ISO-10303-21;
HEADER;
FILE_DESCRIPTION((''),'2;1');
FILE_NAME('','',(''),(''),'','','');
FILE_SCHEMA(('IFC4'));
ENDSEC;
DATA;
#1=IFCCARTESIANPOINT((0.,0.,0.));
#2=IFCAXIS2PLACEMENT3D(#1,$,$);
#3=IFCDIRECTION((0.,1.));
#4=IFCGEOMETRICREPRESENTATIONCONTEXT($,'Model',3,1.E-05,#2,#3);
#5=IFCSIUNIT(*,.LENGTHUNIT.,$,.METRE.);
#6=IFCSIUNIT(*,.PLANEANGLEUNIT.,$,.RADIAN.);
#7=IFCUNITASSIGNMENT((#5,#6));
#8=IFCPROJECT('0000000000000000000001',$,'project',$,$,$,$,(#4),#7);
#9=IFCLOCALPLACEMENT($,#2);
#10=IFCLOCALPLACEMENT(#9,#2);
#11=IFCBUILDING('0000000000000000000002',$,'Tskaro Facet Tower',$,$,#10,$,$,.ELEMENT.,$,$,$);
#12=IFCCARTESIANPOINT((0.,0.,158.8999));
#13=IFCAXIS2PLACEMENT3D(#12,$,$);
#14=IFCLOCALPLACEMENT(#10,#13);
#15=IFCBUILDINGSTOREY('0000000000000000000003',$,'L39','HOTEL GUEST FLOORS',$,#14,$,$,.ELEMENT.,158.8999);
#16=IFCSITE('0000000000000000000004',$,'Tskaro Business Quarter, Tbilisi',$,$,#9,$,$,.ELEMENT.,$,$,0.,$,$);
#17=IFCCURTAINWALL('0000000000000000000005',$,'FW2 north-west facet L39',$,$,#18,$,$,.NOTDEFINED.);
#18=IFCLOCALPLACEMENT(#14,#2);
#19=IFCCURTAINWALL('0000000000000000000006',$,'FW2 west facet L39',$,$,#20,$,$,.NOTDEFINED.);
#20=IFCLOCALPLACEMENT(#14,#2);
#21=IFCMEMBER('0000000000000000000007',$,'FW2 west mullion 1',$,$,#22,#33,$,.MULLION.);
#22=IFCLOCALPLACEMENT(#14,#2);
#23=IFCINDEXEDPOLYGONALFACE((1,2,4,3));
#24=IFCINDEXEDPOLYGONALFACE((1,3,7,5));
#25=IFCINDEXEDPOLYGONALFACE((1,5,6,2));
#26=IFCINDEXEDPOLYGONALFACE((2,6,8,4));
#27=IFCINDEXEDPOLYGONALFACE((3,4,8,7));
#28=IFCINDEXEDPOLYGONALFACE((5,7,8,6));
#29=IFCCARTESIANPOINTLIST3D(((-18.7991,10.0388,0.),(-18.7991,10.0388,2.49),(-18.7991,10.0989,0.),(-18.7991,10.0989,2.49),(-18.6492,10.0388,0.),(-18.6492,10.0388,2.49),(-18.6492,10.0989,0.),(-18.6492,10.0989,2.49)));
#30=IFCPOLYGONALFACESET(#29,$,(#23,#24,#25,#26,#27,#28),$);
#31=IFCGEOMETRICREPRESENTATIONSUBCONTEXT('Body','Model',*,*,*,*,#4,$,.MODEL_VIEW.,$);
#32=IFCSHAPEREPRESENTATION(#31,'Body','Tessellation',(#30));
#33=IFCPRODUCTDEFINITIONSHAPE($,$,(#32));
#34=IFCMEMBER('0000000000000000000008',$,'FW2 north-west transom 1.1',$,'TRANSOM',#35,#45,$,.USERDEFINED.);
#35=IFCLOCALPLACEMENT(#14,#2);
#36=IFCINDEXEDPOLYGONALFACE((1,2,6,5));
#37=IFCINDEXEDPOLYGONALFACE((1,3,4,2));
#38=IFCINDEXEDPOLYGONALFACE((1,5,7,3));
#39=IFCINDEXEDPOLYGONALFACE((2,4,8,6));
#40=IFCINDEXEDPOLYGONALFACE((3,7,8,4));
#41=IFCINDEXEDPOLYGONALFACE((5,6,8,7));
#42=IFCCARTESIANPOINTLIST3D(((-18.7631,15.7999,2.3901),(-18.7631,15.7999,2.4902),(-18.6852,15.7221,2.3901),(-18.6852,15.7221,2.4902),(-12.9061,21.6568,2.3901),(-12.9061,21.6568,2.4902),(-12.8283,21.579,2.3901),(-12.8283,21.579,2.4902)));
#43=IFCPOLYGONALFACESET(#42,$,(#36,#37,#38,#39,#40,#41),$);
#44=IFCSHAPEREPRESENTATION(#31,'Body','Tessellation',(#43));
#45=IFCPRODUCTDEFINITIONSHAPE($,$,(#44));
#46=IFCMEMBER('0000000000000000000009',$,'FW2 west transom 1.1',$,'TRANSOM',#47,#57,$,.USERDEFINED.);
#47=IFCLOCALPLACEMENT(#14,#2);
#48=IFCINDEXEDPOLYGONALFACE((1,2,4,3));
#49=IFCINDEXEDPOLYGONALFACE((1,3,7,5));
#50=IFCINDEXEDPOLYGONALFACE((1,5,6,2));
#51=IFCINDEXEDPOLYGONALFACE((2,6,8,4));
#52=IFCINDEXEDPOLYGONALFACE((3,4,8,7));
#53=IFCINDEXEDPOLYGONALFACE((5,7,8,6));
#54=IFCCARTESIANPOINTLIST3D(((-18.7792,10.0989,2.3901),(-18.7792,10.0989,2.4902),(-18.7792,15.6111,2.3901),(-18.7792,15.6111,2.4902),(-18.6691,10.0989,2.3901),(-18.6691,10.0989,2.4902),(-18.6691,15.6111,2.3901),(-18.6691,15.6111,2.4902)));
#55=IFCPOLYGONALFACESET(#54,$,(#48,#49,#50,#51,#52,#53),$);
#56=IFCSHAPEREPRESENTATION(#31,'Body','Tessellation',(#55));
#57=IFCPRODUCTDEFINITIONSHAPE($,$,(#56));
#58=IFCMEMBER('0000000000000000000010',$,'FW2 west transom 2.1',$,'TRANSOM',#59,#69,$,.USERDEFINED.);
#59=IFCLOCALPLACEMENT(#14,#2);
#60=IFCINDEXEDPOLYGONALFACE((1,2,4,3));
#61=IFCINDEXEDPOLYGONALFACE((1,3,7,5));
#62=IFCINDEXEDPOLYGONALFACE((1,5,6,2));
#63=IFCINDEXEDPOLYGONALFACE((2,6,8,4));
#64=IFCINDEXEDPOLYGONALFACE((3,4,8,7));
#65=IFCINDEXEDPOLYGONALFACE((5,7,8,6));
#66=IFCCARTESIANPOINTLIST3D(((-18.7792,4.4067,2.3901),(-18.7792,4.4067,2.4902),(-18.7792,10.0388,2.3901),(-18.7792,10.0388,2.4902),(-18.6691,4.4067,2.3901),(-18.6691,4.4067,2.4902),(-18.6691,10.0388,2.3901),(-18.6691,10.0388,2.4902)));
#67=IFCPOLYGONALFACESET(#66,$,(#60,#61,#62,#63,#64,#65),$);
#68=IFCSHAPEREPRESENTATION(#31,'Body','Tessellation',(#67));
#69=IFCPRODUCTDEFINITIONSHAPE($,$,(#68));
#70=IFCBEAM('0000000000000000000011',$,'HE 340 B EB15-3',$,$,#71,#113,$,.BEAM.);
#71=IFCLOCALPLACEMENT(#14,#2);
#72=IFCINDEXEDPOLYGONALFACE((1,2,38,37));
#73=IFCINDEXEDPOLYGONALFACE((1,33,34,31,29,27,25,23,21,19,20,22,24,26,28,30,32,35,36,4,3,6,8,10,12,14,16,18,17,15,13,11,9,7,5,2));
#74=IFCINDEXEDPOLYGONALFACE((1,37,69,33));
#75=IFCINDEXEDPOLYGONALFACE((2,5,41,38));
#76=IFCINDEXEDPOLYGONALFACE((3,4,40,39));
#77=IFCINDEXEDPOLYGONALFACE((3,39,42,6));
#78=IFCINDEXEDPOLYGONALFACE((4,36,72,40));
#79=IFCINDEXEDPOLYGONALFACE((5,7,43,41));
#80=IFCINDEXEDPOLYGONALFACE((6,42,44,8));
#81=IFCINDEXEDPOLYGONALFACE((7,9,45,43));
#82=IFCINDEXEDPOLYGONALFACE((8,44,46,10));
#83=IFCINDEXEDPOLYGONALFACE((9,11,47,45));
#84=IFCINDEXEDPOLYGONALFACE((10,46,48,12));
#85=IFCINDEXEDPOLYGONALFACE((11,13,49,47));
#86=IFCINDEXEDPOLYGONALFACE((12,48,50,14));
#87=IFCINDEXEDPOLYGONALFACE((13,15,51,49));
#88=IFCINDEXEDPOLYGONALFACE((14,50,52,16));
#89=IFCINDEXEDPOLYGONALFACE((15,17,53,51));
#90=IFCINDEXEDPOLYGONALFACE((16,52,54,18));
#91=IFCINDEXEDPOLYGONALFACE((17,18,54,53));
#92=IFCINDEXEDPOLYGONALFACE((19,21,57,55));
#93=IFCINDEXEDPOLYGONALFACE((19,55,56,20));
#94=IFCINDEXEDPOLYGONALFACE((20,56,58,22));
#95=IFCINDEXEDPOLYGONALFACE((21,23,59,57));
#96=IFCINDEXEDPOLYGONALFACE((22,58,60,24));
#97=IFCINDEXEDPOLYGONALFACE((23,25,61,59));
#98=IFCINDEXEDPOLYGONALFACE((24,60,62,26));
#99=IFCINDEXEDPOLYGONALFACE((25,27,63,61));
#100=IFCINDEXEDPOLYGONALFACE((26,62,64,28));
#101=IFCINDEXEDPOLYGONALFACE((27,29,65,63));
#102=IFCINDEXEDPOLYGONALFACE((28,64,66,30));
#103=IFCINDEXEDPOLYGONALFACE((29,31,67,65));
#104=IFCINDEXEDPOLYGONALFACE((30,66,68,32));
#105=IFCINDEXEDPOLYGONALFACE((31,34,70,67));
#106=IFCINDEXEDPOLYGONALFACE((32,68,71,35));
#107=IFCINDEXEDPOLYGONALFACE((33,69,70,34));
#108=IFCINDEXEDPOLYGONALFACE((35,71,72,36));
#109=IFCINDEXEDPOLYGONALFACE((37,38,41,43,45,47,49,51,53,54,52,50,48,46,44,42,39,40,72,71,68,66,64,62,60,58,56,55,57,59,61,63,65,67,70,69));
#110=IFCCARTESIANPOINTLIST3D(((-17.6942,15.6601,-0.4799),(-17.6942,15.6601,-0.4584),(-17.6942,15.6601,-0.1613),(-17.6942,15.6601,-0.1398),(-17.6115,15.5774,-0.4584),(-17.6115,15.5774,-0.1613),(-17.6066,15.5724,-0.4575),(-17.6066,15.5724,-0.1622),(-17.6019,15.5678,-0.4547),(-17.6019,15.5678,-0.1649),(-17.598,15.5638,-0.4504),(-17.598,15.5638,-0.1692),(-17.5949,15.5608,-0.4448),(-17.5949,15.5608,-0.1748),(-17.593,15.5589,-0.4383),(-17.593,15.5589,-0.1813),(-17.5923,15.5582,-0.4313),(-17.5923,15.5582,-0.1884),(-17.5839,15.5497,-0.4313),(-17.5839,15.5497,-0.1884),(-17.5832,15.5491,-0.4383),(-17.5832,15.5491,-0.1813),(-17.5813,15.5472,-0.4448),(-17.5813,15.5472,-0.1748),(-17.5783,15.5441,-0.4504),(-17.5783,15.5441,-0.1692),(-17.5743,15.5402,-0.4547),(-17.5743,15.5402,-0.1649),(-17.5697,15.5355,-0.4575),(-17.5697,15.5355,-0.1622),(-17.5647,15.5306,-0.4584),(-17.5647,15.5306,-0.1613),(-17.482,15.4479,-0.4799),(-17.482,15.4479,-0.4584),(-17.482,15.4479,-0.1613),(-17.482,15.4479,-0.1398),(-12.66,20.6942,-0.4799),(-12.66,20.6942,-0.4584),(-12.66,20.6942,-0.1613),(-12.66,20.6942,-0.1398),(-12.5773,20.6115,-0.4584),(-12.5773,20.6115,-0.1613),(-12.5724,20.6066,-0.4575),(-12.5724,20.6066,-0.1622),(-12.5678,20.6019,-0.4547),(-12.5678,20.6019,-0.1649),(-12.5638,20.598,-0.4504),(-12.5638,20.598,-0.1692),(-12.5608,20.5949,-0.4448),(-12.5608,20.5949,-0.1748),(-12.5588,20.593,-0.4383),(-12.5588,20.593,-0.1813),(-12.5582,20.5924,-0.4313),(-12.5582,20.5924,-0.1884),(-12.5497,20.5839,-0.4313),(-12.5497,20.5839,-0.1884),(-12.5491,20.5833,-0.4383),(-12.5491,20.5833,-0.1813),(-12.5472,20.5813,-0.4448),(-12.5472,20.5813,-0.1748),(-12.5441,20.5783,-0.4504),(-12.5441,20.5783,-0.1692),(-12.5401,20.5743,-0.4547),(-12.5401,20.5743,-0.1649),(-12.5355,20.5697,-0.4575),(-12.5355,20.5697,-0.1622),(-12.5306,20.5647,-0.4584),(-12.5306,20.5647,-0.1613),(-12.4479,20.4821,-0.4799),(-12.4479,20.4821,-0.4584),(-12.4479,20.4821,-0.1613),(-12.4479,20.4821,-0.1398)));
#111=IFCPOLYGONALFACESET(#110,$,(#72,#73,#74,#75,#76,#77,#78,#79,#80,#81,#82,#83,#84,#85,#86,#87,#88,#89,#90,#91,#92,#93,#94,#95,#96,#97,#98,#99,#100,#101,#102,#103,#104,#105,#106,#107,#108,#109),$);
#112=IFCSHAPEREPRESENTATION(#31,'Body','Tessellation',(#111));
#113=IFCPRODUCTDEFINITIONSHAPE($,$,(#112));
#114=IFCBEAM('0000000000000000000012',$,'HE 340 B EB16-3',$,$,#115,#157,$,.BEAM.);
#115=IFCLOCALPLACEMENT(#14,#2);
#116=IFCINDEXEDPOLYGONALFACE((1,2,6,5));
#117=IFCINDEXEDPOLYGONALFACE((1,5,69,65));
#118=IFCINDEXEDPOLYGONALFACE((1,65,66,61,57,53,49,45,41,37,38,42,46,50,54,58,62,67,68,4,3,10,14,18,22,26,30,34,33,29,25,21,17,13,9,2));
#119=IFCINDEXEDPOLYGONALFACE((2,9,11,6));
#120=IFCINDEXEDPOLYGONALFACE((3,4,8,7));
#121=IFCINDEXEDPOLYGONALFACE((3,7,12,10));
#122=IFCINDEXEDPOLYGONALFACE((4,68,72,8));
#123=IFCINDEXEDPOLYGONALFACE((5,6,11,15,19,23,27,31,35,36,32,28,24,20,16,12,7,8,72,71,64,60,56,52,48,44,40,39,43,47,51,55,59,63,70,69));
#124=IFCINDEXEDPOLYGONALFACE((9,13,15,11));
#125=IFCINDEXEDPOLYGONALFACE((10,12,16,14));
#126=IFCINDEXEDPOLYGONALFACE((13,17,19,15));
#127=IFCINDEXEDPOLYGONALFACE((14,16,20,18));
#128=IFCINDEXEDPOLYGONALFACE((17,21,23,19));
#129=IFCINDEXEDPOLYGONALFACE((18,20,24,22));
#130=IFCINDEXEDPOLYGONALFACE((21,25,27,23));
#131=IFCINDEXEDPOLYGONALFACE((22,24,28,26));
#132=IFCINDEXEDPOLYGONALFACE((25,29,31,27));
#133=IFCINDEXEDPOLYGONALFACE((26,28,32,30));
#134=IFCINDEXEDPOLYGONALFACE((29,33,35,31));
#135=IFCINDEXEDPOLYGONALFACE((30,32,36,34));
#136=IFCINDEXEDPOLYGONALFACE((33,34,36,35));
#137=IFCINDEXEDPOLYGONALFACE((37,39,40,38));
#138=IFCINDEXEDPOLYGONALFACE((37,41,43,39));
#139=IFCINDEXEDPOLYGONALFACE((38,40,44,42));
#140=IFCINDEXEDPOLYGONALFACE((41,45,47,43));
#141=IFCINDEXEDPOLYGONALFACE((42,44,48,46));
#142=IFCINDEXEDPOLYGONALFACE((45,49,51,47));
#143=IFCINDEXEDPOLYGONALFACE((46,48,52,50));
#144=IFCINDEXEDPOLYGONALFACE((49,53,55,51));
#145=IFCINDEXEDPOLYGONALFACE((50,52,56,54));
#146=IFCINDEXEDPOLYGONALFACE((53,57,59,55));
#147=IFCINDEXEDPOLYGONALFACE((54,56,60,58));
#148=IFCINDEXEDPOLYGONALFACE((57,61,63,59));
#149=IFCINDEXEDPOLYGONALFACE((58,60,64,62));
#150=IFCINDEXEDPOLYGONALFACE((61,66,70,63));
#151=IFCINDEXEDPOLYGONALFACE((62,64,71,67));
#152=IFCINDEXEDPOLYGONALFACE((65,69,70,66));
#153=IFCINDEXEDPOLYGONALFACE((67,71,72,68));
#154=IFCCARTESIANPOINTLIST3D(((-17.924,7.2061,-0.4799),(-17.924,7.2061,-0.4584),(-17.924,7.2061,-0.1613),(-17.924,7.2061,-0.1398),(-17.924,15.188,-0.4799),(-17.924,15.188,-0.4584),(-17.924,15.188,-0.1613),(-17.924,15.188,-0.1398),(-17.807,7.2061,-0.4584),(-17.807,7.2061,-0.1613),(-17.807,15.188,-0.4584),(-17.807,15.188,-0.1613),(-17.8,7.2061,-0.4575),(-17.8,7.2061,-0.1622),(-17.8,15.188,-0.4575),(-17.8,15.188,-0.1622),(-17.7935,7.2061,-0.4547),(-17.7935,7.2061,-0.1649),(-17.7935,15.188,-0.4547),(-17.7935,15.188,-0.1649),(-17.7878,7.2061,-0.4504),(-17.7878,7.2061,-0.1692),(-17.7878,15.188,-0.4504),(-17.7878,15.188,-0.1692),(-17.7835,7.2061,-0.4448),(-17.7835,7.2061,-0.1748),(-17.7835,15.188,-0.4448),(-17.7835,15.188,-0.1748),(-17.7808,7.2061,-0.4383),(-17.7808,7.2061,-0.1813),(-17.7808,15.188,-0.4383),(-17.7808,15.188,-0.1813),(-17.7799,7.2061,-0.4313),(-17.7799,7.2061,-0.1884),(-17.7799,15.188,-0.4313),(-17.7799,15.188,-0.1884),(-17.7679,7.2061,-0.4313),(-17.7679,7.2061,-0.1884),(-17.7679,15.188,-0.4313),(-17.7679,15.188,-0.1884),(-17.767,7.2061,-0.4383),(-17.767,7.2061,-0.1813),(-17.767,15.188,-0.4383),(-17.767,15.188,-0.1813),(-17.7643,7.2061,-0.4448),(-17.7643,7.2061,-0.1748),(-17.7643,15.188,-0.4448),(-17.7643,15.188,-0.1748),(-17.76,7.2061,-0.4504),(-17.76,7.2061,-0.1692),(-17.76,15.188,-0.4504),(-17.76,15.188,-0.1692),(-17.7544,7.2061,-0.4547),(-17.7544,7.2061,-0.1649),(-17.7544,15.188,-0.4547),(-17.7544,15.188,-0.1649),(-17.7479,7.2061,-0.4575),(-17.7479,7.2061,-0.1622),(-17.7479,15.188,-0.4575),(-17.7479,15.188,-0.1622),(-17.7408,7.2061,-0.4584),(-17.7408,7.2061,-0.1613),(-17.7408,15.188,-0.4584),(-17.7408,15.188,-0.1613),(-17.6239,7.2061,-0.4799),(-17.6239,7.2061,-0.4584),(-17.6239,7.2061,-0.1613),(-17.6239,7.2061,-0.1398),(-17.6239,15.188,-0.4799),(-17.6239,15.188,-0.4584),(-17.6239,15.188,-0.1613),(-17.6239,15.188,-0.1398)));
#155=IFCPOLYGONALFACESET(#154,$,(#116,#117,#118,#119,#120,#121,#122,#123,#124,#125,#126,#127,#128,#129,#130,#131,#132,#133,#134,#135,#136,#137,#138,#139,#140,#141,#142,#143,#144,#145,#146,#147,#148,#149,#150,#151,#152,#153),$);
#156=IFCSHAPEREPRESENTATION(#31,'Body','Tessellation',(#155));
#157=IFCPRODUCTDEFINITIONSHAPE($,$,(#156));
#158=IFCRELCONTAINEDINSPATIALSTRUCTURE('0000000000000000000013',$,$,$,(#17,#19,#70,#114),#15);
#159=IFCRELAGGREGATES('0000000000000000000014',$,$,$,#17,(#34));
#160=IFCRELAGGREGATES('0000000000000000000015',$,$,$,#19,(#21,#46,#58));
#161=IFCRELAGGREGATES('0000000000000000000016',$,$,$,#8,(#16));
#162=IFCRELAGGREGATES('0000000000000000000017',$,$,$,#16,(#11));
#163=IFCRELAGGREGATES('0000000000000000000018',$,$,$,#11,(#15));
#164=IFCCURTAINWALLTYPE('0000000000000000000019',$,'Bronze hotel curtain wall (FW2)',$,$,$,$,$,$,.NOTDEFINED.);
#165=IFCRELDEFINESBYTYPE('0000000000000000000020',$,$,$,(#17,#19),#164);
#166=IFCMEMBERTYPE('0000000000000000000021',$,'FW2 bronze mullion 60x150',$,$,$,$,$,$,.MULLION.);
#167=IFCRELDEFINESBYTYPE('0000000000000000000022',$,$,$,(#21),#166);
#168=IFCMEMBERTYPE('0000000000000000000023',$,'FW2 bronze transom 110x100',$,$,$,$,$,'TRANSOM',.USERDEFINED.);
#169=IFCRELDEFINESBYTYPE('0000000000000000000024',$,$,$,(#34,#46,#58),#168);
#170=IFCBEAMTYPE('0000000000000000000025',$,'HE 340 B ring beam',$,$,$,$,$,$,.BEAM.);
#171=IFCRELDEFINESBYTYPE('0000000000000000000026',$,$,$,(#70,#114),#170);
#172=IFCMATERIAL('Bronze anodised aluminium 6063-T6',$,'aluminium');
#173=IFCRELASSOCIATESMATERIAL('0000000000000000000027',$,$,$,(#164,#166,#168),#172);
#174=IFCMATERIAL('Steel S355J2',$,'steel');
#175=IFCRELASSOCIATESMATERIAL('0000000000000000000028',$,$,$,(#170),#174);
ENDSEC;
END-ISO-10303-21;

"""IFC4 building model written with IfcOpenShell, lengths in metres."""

from ifc_helpers import new_model, si_unit, direction, frame, origin, origin_2d, place, context, subcontext, project, spatial, rectangle, i_section, extrude, material, material_profile, profile_set, type_object, element, aggregate, save


model = new_model("IFC4")

# Units and contexts
model_context = context("Model", 3, precision=1e-05, world=origin(), true_north=direction((0.0, 1.0)))
body_context = subcontext(model_context, "Body", "Model", "MODEL_VIEW")
ifc_project = project(units=[si_unit("LENGTHUNIT", "METRE"), si_unit("PLANEANGLEUNIT", "RADIAN")], contexts=[model_context])

# Site, building, storey
site_placement = place(None, origin())
site = spatial("IfcSite", under=ifc_project, at=site_placement, Name="Tskaro Business Quarter, Tbilisi", CompositionType="ELEMENT", RefElevation=0.0)
building_placement = place(site_placement, origin())
building = spatial("IfcBuilding", under=site, at=building_placement, Name="Tskaro Facet Tower", CompositionType="ELEMENT")
storey_placement = place(building_placement, frame((0.0, 0.0, 158.8999)))
storey = spatial("IfcBuildingStorey", under=building, at=storey_placement, Name="L39", Description="HOTEL GUEST FLOORS", CompositionType="ELEMENT", Elevation=158.8999)

# Curtain wall
ifc_material_1 = material(Name="Bronze anodised aluminium 6063-T6", Category="aluminium")
curtain_wall_type = type_object("IfcCurtainWallType", Name="Bronze hotel curtain wall (FW2)", PredefinedType="NOTDEFINED", material=ifc_material_1)
curtain_wall_1_placement = place(storey_placement, origin())
curtain_wall_1 = element("IfcCurtainWall", 1, at=curtain_wall_1_placement, inside=storey, type_object=curtain_wall_type, Name="FW2 north-west facet L39", PredefinedType="NOTDEFINED")

# Curtain wall, member
curtain_wall_2_placement = place(storey_placement, origin())
curtain_wall_2 = element("IfcCurtainWall", 2, at=curtain_wall_2_placement, inside=storey, type_object=curtain_wall_type, Name="FW2 west facet L39", PredefinedType="NOTDEFINED")
ifc_material_profile_1 = material_profile(ifc_material_1, rectangle(XDim=0.0601, YDim=0.1499, at=origin_2d()), Name="Mullion 60x150")
ifc_profile_set_1 = profile_set([ifc_material_profile_1], Name="Bronze anodised aluminium 6063-T6")
member_type_1 = type_object("IfcMemberType", Name="FW2 bronze mullion 60x150", PredefinedType="MULLION", material=ifc_profile_set_1)
member_1_placement = place(storey_placement, frame((-18.7241, 10.0688, 0.0), z_axis=(0.0, 0.0, 1.0), x_axis=(0.0, -1.0, 0.0)))
member_1 = element("IfcMember", 3, at=member_1_placement, type_object=member_type_1, Name="FW2 west mullion 1", PredefinedType="MULLION", context=body_context, shape_type="SweptSolid", body=[
    extrude(rectangle(XDim=0.0601, YDim=0.1499, at=origin_2d()), origin(), (0.0, 0.0, 1.0), 2.49),
])

# Members
ifc_material_profile_2 = material_profile(ifc_material_1, rectangle(XDim=0.1101, YDim=0.1001, at=origin_2d()), Name="Transom 110x100")
ifc_profile_set_2 = profile_set([ifc_material_profile_2], Name="Bronze anodised aluminium 6063-T6")
member_type_2 = type_object("IfcMemberType", Name="FW2 bronze transom 110x100", ElementType="TRANSOM", PredefinedType="USERDEFINED", material=ifc_profile_set_2)
member_2_placement = place(storey_placement, frame((-12.8672, 21.6179, 2.4402), z_axis=(-0.707107, -0.707107, 0.0), x_axis=(0.707107, -0.707107, 0.0)))
member_2 = element("IfcMember", 4, at=member_2_placement, type_object=member_type_2, Name="FW2 north-west transom 1.1", ObjectType="TRANSOM", PredefinedType="USERDEFINED", context=body_context, shape_type="SweptSolid", body=[
    extrude(rectangle(XDim=0.1101, YDim=0.1001, at=origin_2d()), origin(), (0.0, 0.0, 1.0), 8.283),
])
member_3_placement = place(storey_placement, frame((-18.7241, 15.6111, 2.4402), z_axis=(0.0, -1.0, 0.0), x_axis=(1.0, 0.0, 0.0)))
member_3 = element("IfcMember", 5, at=member_3_placement, type_object=member_type_2, Name="FW2 west transom 1.1", ObjectType="TRANSOM", PredefinedType="USERDEFINED", context=body_context, shape_type="SweptSolid", body=[
    extrude(rectangle(XDim=0.1101, YDim=0.1001, at=origin_2d()), origin(), (0.0, 0.0, 1.0), 5.5122),
])
member_4_placement = place(storey_placement, frame((-18.7241, 10.0388, 2.4402), z_axis=(0.0, -1.0, 0.0), x_axis=(1.0, 0.0, 0.0)))
member_4 = element("IfcMember", 6, at=member_4_placement, type_object=member_type_2, Name="FW2 west transom 2.1", ObjectType="TRANSOM", PredefinedType="USERDEFINED", context=body_context, shape_type="SweptSolid", body=[
    extrude(rectangle(XDim=0.1101, YDim=0.1001, at=origin_2d()), origin(), (0.0, 0.0, 1.0), 5.6321),
])

# Beams
ifc_material_2 = material(Name="Steel S355J2", Category="steel")
ifc_material_profile_3 = material_profile(ifc_material_2, i_section(OverallWidth=0.3, OverallDepth=0.3401, WebThickness=0.012, FlangeThickness=0.0215, FilletRadius=0.0271, at=origin_2d()), Name="HE 340 B")
ifc_profile_set_3 = profile_set([ifc_material_profile_3], Name="Steel S355J2")
beam_type_1 = type_object("IfcBeamType", Name="HE 340 B ring beam", PredefinedType="BEAM", material=ifc_profile_set_3)
beam_1_placement = place(storey_placement, frame((-12.554, 20.5881, -0.3098), z_axis=(-0.707107, -0.707107, 0.0), x_axis=(0.707107, -0.707107, 0.0)))
element("IfcBeam", 7, at=beam_1_placement, inside=storey, type_object=beam_type_1, Name="HE 340 B EB15-3", PredefinedType="BEAM", context=body_context, shape_type="SweptSolid", body=[
    extrude(i_section(OverallWidth=0.3, OverallDepth=0.3401, WebThickness=0.012, FlangeThickness=0.0215, FilletRadius=0.0271, at=origin_2d()), origin(), (0.0, 0.0, 1.0), 7.1194),
])
beam_2_placement = place(storey_placement, frame((-17.7739, 15.188, -0.3098), z_axis=(0.0, -1.0, 0.0), x_axis=(1.0, 0.0, 0.0)))
element("IfcBeam", 8, at=beam_2_placement, inside=storey, type_object=beam_type_1, Name="HE 340 B EB16-3", PredefinedType="BEAM", context=body_context, shape_type="SweptSolid", body=[
    extrude(i_section(OverallWidth=0.3, OverallDepth=0.3401, WebThickness=0.012, FlangeThickness=0.0215, FilletRadius=0.0271, at=origin_2d()), origin(), (0.0, 0.0, 1.0), 7.9819),
])

aggregate(curtain_wall_1, [member_2])
aggregate(curtain_wall_2, [member_1, member_3, member_4])

save(model, "model.ifc")
